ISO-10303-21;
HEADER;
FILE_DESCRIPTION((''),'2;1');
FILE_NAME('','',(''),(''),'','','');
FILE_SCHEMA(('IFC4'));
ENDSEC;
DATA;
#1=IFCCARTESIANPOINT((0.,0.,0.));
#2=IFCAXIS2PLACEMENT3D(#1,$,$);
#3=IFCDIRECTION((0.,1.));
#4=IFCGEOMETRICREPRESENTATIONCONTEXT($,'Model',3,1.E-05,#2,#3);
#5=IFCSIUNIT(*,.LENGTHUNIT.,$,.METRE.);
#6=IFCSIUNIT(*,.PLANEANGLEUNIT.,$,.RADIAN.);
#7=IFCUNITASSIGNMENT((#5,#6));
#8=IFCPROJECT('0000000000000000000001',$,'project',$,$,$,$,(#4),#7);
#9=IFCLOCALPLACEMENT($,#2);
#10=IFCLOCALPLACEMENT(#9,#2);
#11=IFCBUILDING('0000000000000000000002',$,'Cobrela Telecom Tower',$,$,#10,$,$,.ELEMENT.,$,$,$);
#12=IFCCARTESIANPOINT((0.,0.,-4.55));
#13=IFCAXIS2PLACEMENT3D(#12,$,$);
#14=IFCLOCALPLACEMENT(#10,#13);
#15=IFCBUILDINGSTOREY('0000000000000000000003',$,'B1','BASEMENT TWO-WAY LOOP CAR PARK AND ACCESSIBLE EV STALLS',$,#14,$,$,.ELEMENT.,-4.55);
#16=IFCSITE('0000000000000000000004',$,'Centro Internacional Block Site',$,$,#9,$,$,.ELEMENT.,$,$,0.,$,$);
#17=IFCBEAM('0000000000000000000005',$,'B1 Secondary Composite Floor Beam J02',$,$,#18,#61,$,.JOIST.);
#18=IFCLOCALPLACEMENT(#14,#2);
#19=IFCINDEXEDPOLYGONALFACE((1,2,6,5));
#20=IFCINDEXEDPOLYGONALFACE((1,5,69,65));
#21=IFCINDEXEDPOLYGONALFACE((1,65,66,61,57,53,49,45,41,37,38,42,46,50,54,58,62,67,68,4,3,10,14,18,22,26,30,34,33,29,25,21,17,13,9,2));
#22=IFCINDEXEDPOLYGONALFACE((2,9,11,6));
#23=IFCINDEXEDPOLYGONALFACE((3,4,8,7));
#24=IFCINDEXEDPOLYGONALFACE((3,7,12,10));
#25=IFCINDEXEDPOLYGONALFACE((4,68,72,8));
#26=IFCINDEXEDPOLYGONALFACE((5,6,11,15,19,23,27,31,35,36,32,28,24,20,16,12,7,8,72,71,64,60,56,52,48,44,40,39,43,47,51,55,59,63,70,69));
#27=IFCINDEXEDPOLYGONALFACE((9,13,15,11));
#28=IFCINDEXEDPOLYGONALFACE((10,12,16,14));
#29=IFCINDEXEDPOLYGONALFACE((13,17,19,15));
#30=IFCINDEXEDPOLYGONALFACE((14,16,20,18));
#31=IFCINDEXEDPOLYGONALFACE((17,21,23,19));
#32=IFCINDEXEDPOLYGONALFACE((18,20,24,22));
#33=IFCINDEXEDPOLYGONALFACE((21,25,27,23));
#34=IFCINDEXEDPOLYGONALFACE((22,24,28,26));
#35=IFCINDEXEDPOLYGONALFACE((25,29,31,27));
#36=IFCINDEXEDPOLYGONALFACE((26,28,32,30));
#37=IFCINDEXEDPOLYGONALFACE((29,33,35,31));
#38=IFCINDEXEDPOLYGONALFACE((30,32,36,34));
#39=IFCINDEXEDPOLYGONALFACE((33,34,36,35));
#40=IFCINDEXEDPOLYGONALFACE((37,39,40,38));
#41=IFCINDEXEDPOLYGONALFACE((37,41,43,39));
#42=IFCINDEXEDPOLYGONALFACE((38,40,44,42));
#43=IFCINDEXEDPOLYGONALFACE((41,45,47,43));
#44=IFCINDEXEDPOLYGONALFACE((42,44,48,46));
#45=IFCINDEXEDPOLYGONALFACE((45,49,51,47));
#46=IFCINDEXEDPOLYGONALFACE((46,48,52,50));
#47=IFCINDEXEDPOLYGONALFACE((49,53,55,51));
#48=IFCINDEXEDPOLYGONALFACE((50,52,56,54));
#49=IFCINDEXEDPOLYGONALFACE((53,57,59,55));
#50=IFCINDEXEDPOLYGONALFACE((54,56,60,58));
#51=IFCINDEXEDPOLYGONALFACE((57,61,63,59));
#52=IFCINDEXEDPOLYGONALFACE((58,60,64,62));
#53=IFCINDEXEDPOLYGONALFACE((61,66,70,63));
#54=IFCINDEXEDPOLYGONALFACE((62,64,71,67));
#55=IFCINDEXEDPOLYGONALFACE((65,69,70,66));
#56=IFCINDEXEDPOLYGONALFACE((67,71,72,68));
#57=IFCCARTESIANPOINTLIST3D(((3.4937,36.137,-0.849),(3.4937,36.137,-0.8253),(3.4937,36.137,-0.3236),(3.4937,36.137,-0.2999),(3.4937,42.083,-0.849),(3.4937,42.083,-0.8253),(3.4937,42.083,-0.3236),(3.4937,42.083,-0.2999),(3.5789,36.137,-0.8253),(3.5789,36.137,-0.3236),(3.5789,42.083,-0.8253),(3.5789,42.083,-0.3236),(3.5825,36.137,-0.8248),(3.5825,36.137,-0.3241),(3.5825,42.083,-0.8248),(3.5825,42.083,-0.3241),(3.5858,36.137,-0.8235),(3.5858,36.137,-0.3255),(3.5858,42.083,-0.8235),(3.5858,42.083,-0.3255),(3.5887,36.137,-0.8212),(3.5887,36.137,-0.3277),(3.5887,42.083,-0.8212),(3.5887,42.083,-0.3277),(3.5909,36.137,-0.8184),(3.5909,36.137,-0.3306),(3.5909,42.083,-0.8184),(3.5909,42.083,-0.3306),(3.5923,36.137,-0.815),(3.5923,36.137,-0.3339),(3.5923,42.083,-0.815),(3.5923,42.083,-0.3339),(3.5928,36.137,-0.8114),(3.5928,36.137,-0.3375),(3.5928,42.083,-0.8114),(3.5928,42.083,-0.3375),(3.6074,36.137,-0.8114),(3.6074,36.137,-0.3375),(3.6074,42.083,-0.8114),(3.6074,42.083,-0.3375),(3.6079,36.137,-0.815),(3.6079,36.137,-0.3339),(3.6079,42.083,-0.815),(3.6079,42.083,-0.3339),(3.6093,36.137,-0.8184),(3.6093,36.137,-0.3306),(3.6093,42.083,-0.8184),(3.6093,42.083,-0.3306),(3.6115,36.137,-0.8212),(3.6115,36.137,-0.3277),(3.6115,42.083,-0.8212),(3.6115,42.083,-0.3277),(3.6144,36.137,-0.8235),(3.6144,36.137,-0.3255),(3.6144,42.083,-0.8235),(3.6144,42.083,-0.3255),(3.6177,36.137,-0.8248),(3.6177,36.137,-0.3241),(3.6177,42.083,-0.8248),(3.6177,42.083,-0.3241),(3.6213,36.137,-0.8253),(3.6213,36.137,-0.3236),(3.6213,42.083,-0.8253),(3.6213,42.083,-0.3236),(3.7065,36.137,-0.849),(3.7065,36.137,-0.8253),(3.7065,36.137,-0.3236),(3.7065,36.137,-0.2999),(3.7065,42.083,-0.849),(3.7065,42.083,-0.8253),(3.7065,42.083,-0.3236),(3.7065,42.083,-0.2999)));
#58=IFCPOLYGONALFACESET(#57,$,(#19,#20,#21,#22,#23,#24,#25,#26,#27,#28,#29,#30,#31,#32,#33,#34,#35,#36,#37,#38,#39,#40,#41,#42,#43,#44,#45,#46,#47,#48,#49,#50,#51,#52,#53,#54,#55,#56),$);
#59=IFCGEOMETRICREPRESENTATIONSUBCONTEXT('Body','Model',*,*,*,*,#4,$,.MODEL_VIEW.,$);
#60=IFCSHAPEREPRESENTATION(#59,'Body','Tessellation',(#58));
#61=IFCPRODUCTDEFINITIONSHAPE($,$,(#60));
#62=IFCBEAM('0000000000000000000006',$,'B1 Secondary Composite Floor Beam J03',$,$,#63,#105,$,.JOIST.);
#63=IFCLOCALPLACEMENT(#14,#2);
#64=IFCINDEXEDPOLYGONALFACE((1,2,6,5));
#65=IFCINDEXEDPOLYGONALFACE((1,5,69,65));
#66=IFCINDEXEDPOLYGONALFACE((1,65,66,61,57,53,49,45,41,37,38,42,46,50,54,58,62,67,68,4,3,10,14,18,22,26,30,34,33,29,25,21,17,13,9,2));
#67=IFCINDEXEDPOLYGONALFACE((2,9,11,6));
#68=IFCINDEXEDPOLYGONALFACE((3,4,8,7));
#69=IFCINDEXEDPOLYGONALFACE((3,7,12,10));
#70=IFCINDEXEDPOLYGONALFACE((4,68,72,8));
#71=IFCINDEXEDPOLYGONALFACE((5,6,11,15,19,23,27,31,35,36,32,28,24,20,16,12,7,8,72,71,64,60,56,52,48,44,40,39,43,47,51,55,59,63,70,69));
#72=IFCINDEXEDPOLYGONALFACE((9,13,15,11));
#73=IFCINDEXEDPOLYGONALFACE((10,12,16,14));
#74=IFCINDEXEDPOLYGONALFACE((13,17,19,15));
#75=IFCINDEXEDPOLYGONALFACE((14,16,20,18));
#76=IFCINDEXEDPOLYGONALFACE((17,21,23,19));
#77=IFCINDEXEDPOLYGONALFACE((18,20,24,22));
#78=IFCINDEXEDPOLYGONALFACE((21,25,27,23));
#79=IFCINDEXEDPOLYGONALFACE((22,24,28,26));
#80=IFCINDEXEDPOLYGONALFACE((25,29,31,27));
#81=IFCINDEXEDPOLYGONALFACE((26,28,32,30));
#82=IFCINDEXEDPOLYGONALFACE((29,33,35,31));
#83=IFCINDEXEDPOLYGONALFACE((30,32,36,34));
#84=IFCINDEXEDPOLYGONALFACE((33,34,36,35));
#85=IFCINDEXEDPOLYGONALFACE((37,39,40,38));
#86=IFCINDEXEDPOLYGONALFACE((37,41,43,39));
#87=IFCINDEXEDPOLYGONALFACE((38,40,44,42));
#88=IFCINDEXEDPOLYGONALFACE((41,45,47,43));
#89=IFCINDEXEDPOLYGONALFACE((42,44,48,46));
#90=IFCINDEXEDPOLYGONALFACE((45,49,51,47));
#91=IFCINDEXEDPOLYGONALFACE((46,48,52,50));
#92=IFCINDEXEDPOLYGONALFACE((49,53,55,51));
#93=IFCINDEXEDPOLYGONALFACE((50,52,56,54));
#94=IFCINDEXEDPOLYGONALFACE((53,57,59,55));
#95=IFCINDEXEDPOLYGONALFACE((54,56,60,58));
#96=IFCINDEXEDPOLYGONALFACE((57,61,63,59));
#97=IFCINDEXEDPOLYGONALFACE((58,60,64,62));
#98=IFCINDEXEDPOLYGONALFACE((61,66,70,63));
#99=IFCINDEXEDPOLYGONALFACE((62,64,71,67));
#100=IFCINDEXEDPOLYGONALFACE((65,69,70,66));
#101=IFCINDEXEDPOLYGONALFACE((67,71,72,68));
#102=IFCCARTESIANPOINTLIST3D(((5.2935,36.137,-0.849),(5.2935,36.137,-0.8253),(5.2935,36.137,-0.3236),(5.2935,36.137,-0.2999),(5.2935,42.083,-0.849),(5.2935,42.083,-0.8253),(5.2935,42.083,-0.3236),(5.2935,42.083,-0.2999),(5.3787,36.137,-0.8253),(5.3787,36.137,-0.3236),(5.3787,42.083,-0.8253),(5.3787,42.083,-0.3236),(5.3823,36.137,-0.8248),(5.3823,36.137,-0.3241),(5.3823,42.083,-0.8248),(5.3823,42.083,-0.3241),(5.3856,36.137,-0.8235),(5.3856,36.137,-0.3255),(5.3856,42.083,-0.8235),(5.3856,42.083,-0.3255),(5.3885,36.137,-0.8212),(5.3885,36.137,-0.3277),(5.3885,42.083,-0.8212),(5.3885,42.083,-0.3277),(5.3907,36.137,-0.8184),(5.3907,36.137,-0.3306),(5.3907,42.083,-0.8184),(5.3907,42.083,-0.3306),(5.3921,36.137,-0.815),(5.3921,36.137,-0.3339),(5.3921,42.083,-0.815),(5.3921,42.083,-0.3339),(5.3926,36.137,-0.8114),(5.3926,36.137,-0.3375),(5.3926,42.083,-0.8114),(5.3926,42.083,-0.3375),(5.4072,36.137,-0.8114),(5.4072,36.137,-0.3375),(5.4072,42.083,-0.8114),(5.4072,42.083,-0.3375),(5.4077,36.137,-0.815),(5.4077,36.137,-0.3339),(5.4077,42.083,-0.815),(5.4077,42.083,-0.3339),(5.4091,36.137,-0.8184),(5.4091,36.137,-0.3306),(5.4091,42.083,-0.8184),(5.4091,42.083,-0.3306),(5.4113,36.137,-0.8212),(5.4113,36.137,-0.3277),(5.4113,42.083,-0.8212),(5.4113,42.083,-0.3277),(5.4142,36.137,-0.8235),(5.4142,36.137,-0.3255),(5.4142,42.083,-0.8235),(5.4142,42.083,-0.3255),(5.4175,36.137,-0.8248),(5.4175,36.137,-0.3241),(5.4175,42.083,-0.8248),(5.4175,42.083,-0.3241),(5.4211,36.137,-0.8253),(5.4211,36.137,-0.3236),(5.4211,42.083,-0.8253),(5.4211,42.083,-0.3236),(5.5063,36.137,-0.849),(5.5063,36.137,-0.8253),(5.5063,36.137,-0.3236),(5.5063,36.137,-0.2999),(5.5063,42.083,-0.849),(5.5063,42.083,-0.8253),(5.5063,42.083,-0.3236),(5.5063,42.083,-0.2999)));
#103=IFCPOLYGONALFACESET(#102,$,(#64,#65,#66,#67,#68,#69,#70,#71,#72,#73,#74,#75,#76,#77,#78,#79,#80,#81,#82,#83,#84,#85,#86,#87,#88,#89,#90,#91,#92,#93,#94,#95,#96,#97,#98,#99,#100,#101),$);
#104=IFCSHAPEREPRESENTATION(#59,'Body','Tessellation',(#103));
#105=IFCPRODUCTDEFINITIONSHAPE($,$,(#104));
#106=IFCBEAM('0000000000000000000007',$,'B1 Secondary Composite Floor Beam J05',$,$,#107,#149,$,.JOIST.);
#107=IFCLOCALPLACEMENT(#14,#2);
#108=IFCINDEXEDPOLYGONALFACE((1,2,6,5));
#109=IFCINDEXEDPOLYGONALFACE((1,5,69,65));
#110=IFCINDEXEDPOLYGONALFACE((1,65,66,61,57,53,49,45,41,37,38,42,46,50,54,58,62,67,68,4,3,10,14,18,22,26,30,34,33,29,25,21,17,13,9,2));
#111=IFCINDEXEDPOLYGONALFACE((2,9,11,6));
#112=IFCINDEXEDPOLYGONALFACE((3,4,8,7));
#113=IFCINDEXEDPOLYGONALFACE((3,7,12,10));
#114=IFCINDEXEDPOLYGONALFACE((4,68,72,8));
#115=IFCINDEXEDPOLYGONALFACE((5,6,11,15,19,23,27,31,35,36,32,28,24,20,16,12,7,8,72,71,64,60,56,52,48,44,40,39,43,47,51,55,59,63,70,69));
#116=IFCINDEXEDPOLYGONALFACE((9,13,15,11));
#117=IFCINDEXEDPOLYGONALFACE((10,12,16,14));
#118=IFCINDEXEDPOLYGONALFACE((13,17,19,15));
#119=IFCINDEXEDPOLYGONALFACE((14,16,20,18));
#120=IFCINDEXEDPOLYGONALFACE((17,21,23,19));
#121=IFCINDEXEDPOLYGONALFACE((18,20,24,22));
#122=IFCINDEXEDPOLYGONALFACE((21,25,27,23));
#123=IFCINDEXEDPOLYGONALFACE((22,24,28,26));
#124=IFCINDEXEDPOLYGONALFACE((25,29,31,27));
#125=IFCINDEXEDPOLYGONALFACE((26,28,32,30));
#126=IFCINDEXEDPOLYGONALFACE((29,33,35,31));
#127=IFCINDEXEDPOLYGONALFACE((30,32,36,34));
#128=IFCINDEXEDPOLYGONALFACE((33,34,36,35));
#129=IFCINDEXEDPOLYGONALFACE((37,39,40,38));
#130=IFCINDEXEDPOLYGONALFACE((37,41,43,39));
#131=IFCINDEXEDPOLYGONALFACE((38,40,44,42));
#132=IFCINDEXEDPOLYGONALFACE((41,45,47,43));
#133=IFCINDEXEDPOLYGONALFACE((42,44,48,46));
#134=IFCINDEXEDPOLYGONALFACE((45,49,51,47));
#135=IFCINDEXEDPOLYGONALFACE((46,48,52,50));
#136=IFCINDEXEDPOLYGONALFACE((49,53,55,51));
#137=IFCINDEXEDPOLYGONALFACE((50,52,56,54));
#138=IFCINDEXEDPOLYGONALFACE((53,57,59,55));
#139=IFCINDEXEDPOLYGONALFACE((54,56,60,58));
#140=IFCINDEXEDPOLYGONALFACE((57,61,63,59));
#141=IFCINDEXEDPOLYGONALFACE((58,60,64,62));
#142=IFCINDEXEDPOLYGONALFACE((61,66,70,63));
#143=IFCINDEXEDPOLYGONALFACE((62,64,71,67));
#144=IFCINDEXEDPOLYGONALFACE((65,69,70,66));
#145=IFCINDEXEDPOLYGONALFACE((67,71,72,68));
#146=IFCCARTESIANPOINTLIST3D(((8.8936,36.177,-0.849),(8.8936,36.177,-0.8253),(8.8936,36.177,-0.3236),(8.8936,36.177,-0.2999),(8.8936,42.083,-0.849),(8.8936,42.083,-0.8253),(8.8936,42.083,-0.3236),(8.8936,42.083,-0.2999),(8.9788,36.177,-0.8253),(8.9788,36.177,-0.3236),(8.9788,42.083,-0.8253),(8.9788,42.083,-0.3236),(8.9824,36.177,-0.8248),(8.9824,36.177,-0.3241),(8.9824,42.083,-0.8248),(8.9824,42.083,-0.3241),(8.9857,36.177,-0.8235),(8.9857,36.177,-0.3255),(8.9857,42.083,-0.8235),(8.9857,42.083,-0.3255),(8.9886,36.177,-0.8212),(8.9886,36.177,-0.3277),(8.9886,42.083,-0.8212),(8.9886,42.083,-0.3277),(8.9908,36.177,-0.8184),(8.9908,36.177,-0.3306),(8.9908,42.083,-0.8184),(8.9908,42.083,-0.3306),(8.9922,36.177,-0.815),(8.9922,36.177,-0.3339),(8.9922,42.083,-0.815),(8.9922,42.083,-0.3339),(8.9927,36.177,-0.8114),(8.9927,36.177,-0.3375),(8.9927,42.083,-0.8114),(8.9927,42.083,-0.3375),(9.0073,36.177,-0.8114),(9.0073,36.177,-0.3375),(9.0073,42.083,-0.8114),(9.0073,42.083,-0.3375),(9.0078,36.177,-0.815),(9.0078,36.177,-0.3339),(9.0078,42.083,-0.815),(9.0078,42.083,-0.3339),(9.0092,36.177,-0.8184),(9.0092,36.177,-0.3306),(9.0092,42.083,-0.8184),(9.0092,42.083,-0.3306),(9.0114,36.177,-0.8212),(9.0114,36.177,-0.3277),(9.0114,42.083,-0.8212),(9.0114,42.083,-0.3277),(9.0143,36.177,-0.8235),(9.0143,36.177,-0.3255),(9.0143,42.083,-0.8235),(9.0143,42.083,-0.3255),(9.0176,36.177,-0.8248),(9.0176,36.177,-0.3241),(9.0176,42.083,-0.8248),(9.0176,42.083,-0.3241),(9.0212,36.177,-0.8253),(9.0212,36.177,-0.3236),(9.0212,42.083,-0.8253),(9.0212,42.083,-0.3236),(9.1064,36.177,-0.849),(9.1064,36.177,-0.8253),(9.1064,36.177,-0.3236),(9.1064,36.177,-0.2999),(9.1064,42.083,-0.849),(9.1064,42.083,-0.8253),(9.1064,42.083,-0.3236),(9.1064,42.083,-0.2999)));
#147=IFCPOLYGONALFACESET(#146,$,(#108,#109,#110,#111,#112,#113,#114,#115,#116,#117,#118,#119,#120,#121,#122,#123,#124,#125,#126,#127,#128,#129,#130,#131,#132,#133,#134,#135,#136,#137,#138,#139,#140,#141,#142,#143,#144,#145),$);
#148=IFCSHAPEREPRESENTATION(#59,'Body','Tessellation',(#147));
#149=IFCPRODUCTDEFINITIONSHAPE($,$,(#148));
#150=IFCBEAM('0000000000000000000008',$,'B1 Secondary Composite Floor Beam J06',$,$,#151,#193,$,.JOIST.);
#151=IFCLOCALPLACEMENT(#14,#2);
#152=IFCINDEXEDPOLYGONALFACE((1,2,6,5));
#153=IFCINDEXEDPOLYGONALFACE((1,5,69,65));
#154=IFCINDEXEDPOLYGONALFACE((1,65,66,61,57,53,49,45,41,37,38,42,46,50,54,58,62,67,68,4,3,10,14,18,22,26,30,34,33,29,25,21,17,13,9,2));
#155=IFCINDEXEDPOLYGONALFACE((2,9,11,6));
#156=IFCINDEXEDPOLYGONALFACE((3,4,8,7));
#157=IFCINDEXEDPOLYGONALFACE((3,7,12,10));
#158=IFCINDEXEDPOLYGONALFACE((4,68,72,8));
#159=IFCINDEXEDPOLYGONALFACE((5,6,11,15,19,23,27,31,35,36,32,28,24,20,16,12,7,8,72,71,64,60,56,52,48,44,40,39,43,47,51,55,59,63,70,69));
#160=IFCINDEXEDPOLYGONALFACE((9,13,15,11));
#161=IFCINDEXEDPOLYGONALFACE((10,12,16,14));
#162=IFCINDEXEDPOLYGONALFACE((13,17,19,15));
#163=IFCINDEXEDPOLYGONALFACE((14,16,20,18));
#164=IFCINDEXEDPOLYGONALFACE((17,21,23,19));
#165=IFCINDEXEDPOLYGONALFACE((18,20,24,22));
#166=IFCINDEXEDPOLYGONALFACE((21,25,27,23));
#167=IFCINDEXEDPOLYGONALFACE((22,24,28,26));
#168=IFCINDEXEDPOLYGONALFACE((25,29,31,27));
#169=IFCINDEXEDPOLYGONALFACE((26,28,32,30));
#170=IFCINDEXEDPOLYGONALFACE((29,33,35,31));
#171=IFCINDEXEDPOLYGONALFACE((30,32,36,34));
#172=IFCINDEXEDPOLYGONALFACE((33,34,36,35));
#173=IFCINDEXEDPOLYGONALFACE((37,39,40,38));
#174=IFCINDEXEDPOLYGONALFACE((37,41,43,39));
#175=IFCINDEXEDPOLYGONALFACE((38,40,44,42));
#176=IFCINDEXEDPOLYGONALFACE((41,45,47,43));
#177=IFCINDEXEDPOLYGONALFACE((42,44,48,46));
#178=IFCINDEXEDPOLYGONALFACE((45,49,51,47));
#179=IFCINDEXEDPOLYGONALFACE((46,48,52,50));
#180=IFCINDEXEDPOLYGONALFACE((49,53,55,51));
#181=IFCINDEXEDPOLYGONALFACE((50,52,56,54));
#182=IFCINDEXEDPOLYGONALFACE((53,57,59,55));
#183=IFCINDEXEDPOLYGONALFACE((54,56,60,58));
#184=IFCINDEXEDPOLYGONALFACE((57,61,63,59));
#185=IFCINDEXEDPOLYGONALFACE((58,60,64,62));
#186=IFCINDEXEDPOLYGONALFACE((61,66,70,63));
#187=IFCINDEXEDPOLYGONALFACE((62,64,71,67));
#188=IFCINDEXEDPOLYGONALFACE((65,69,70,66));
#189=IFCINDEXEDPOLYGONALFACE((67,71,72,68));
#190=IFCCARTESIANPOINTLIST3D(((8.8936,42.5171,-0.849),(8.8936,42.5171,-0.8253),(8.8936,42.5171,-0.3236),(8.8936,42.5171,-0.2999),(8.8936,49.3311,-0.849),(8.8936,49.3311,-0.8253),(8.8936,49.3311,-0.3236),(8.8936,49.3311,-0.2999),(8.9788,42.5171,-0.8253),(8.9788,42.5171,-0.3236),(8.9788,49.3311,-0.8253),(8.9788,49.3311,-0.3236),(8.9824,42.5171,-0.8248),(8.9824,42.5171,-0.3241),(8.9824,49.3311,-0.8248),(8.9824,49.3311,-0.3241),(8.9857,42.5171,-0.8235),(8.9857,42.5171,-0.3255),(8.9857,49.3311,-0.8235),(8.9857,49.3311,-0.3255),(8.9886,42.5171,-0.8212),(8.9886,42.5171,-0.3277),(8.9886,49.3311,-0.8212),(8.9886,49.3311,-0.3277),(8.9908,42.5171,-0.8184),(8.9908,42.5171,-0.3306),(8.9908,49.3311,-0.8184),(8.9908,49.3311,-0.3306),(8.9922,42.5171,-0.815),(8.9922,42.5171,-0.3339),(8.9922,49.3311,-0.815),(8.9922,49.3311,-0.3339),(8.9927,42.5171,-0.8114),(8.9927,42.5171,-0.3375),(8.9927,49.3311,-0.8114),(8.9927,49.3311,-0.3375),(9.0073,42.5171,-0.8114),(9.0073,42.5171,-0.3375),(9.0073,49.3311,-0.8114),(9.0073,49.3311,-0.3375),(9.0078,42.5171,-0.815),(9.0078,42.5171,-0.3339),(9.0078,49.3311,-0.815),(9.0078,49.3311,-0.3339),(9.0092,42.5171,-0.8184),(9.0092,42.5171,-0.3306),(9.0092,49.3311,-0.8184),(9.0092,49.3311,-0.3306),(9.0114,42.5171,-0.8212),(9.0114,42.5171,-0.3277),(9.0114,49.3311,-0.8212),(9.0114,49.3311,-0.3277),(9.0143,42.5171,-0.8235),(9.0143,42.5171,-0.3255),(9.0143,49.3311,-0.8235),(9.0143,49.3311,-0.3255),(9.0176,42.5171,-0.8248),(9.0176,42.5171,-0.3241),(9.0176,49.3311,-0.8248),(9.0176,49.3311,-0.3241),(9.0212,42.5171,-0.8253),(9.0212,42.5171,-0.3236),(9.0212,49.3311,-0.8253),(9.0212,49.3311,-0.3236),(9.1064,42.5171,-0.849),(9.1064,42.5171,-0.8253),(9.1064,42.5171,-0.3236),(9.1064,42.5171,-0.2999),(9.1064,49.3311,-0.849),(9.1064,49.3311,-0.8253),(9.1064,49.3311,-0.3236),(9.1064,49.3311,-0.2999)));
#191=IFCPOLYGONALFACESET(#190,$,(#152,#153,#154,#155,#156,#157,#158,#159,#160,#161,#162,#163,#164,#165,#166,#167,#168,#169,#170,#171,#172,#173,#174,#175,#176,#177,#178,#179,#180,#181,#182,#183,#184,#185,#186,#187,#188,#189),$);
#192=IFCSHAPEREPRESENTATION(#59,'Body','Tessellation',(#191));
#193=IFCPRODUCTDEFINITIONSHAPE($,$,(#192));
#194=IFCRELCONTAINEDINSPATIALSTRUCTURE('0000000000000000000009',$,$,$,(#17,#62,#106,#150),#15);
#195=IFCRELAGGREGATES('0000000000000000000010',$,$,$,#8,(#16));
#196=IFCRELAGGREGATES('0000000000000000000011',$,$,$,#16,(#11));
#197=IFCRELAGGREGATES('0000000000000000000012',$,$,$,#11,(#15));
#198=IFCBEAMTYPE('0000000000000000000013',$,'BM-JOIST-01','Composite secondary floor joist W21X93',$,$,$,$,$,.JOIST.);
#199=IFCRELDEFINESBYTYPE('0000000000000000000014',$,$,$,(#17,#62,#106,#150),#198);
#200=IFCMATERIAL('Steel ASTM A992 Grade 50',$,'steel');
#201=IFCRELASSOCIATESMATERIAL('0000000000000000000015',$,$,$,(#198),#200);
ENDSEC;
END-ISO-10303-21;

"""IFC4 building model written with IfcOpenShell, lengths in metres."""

from ifc_helpers import new_model, si_unit, direction, frame, origin, origin_2d, place, context, subcontext, project, spatial, i_section, extrude, material, material_profile, profile_set, type_object, element, save


model = new_model("IFC4")

# Units and contexts
model_context = context("Model", 3, precision=1e-05, world=origin(), true_north=direction((0.0, 1.0)))
body_context = subcontext(model_context, "Body", "Model", "MODEL_VIEW")
ifc_project = project(units=[si_unit("LENGTHUNIT", "METRE"), si_unit("PLANEANGLEUNIT", "RADIAN")], contexts=[model_context])

# Site, building, storey
site_placement = place(None, origin())
site = spatial("IfcSite", under=ifc_project, at=site_placement, Name="Centro Internacional Block Site", CompositionType="ELEMENT", RefElevation=0.0)
building_placement = place(site_placement, origin())
building = spatial("IfcBuilding", under=site, at=building_placement, Name="Cobrela Telecom Tower", CompositionType="ELEMENT")
storey_placement = place(building_placement, frame((0.0, 0.0, -4.55)))
storey = spatial("IfcBuildingStorey", under=building, at=storey_placement, Name="B1", Description="BASEMENT TWO-WAY LOOP CAR PARK AND ACCESSIBLE EV STALLS", CompositionType="ELEMENT", Elevation=-4.55)

# Beams
ifc_material_1 = material(Name="Steel ASTM A992 Grade 50", Category="steel")
ifc_material_profile_1 = material_profile(ifc_material_1, i_section(OverallWidth=0.2129, OverallDepth=0.5491, WebThickness=0.0146, FlangeThickness=0.0237, FilletRadius=0.0139, at=origin_2d()), Name="W21X93")
ifc_profile_set_1 = profile_set([ifc_material_profile_1], Name="Steel ASTM A992 Grade 50")
beam_type_1 = type_object("IfcBeamType", Name="BM-JOIST-01", Description="Composite secondary floor joist W21X93", PredefinedType="JOIST", material=ifc_profile_set_1)
for number, where, z_axis, x_axis, name in (
    (1, (3.6001, 36.137, -0.5745), (0.0, 1.0, 0.0), (-1.0, 0.0, 0.0), "B1 Secondary Composite Floor Beam J02"),
    (2, (5.3999, 36.137, -0.5745), (0.0, 1.0, 0.0), (-1.0, 0.0, 0.0), "B1 Secondary Composite Floor Beam J03"),
):
    element("IfcBeam", number, at=place(storey_placement, frame(where, z_axis=z_axis, x_axis=x_axis)), inside=storey, type_object=beam_type_1, Name=name, PredefinedType="JOIST", context=body_context, shape_type="SweptSolid", body=[
        extrude(i_section(OverallWidth=0.2129, OverallDepth=0.5491, WebThickness=0.0146, FlangeThickness=0.0237, FilletRadius=0.0139, at=origin_2d()), origin(), (0.0, 0.0, 1.0), 5.946),
    ])
beam_1_placement = place(storey_placement, frame((9.0, 36.177, -0.5745), z_axis=(0.0, 1.0, 0.0), x_axis=(-1.0, 0.0, 0.0)))
element("IfcBeam", 3, at=beam_1_placement, inside=storey, type_object=beam_type_1, Name="B1 Secondary Composite Floor Beam J05", PredefinedType="JOIST", context=body_context, shape_type="SweptSolid", body=[
    extrude(i_section(OverallWidth=0.2129, OverallDepth=0.5491, WebThickness=0.0146, FlangeThickness=0.0237, FilletRadius=0.0139, at=origin_2d()), origin(), (0.0, 0.0, 1.0), 5.906),
])
beam_2_placement = place(storey_placement, frame((9.0, 42.5171, -0.5745), z_axis=(0.0, 1.0, 0.0), x_axis=(-1.0, 0.0, 0.0)))
element("IfcBeam", 4, at=beam_2_placement, inside=storey, type_object=beam_type_1, Name="B1 Secondary Composite Floor Beam J06", PredefinedType="JOIST", context=body_context, shape_type="SweptSolid", body=[
    extrude(i_section(OverallWidth=0.2129, OverallDepth=0.5491, WebThickness=0.0146, FlangeThickness=0.0237, FilletRadius=0.0139, at=origin_2d()), origin(), (0.0, 0.0, 1.0), 6.814),
])

save(model, "model.ifc")
